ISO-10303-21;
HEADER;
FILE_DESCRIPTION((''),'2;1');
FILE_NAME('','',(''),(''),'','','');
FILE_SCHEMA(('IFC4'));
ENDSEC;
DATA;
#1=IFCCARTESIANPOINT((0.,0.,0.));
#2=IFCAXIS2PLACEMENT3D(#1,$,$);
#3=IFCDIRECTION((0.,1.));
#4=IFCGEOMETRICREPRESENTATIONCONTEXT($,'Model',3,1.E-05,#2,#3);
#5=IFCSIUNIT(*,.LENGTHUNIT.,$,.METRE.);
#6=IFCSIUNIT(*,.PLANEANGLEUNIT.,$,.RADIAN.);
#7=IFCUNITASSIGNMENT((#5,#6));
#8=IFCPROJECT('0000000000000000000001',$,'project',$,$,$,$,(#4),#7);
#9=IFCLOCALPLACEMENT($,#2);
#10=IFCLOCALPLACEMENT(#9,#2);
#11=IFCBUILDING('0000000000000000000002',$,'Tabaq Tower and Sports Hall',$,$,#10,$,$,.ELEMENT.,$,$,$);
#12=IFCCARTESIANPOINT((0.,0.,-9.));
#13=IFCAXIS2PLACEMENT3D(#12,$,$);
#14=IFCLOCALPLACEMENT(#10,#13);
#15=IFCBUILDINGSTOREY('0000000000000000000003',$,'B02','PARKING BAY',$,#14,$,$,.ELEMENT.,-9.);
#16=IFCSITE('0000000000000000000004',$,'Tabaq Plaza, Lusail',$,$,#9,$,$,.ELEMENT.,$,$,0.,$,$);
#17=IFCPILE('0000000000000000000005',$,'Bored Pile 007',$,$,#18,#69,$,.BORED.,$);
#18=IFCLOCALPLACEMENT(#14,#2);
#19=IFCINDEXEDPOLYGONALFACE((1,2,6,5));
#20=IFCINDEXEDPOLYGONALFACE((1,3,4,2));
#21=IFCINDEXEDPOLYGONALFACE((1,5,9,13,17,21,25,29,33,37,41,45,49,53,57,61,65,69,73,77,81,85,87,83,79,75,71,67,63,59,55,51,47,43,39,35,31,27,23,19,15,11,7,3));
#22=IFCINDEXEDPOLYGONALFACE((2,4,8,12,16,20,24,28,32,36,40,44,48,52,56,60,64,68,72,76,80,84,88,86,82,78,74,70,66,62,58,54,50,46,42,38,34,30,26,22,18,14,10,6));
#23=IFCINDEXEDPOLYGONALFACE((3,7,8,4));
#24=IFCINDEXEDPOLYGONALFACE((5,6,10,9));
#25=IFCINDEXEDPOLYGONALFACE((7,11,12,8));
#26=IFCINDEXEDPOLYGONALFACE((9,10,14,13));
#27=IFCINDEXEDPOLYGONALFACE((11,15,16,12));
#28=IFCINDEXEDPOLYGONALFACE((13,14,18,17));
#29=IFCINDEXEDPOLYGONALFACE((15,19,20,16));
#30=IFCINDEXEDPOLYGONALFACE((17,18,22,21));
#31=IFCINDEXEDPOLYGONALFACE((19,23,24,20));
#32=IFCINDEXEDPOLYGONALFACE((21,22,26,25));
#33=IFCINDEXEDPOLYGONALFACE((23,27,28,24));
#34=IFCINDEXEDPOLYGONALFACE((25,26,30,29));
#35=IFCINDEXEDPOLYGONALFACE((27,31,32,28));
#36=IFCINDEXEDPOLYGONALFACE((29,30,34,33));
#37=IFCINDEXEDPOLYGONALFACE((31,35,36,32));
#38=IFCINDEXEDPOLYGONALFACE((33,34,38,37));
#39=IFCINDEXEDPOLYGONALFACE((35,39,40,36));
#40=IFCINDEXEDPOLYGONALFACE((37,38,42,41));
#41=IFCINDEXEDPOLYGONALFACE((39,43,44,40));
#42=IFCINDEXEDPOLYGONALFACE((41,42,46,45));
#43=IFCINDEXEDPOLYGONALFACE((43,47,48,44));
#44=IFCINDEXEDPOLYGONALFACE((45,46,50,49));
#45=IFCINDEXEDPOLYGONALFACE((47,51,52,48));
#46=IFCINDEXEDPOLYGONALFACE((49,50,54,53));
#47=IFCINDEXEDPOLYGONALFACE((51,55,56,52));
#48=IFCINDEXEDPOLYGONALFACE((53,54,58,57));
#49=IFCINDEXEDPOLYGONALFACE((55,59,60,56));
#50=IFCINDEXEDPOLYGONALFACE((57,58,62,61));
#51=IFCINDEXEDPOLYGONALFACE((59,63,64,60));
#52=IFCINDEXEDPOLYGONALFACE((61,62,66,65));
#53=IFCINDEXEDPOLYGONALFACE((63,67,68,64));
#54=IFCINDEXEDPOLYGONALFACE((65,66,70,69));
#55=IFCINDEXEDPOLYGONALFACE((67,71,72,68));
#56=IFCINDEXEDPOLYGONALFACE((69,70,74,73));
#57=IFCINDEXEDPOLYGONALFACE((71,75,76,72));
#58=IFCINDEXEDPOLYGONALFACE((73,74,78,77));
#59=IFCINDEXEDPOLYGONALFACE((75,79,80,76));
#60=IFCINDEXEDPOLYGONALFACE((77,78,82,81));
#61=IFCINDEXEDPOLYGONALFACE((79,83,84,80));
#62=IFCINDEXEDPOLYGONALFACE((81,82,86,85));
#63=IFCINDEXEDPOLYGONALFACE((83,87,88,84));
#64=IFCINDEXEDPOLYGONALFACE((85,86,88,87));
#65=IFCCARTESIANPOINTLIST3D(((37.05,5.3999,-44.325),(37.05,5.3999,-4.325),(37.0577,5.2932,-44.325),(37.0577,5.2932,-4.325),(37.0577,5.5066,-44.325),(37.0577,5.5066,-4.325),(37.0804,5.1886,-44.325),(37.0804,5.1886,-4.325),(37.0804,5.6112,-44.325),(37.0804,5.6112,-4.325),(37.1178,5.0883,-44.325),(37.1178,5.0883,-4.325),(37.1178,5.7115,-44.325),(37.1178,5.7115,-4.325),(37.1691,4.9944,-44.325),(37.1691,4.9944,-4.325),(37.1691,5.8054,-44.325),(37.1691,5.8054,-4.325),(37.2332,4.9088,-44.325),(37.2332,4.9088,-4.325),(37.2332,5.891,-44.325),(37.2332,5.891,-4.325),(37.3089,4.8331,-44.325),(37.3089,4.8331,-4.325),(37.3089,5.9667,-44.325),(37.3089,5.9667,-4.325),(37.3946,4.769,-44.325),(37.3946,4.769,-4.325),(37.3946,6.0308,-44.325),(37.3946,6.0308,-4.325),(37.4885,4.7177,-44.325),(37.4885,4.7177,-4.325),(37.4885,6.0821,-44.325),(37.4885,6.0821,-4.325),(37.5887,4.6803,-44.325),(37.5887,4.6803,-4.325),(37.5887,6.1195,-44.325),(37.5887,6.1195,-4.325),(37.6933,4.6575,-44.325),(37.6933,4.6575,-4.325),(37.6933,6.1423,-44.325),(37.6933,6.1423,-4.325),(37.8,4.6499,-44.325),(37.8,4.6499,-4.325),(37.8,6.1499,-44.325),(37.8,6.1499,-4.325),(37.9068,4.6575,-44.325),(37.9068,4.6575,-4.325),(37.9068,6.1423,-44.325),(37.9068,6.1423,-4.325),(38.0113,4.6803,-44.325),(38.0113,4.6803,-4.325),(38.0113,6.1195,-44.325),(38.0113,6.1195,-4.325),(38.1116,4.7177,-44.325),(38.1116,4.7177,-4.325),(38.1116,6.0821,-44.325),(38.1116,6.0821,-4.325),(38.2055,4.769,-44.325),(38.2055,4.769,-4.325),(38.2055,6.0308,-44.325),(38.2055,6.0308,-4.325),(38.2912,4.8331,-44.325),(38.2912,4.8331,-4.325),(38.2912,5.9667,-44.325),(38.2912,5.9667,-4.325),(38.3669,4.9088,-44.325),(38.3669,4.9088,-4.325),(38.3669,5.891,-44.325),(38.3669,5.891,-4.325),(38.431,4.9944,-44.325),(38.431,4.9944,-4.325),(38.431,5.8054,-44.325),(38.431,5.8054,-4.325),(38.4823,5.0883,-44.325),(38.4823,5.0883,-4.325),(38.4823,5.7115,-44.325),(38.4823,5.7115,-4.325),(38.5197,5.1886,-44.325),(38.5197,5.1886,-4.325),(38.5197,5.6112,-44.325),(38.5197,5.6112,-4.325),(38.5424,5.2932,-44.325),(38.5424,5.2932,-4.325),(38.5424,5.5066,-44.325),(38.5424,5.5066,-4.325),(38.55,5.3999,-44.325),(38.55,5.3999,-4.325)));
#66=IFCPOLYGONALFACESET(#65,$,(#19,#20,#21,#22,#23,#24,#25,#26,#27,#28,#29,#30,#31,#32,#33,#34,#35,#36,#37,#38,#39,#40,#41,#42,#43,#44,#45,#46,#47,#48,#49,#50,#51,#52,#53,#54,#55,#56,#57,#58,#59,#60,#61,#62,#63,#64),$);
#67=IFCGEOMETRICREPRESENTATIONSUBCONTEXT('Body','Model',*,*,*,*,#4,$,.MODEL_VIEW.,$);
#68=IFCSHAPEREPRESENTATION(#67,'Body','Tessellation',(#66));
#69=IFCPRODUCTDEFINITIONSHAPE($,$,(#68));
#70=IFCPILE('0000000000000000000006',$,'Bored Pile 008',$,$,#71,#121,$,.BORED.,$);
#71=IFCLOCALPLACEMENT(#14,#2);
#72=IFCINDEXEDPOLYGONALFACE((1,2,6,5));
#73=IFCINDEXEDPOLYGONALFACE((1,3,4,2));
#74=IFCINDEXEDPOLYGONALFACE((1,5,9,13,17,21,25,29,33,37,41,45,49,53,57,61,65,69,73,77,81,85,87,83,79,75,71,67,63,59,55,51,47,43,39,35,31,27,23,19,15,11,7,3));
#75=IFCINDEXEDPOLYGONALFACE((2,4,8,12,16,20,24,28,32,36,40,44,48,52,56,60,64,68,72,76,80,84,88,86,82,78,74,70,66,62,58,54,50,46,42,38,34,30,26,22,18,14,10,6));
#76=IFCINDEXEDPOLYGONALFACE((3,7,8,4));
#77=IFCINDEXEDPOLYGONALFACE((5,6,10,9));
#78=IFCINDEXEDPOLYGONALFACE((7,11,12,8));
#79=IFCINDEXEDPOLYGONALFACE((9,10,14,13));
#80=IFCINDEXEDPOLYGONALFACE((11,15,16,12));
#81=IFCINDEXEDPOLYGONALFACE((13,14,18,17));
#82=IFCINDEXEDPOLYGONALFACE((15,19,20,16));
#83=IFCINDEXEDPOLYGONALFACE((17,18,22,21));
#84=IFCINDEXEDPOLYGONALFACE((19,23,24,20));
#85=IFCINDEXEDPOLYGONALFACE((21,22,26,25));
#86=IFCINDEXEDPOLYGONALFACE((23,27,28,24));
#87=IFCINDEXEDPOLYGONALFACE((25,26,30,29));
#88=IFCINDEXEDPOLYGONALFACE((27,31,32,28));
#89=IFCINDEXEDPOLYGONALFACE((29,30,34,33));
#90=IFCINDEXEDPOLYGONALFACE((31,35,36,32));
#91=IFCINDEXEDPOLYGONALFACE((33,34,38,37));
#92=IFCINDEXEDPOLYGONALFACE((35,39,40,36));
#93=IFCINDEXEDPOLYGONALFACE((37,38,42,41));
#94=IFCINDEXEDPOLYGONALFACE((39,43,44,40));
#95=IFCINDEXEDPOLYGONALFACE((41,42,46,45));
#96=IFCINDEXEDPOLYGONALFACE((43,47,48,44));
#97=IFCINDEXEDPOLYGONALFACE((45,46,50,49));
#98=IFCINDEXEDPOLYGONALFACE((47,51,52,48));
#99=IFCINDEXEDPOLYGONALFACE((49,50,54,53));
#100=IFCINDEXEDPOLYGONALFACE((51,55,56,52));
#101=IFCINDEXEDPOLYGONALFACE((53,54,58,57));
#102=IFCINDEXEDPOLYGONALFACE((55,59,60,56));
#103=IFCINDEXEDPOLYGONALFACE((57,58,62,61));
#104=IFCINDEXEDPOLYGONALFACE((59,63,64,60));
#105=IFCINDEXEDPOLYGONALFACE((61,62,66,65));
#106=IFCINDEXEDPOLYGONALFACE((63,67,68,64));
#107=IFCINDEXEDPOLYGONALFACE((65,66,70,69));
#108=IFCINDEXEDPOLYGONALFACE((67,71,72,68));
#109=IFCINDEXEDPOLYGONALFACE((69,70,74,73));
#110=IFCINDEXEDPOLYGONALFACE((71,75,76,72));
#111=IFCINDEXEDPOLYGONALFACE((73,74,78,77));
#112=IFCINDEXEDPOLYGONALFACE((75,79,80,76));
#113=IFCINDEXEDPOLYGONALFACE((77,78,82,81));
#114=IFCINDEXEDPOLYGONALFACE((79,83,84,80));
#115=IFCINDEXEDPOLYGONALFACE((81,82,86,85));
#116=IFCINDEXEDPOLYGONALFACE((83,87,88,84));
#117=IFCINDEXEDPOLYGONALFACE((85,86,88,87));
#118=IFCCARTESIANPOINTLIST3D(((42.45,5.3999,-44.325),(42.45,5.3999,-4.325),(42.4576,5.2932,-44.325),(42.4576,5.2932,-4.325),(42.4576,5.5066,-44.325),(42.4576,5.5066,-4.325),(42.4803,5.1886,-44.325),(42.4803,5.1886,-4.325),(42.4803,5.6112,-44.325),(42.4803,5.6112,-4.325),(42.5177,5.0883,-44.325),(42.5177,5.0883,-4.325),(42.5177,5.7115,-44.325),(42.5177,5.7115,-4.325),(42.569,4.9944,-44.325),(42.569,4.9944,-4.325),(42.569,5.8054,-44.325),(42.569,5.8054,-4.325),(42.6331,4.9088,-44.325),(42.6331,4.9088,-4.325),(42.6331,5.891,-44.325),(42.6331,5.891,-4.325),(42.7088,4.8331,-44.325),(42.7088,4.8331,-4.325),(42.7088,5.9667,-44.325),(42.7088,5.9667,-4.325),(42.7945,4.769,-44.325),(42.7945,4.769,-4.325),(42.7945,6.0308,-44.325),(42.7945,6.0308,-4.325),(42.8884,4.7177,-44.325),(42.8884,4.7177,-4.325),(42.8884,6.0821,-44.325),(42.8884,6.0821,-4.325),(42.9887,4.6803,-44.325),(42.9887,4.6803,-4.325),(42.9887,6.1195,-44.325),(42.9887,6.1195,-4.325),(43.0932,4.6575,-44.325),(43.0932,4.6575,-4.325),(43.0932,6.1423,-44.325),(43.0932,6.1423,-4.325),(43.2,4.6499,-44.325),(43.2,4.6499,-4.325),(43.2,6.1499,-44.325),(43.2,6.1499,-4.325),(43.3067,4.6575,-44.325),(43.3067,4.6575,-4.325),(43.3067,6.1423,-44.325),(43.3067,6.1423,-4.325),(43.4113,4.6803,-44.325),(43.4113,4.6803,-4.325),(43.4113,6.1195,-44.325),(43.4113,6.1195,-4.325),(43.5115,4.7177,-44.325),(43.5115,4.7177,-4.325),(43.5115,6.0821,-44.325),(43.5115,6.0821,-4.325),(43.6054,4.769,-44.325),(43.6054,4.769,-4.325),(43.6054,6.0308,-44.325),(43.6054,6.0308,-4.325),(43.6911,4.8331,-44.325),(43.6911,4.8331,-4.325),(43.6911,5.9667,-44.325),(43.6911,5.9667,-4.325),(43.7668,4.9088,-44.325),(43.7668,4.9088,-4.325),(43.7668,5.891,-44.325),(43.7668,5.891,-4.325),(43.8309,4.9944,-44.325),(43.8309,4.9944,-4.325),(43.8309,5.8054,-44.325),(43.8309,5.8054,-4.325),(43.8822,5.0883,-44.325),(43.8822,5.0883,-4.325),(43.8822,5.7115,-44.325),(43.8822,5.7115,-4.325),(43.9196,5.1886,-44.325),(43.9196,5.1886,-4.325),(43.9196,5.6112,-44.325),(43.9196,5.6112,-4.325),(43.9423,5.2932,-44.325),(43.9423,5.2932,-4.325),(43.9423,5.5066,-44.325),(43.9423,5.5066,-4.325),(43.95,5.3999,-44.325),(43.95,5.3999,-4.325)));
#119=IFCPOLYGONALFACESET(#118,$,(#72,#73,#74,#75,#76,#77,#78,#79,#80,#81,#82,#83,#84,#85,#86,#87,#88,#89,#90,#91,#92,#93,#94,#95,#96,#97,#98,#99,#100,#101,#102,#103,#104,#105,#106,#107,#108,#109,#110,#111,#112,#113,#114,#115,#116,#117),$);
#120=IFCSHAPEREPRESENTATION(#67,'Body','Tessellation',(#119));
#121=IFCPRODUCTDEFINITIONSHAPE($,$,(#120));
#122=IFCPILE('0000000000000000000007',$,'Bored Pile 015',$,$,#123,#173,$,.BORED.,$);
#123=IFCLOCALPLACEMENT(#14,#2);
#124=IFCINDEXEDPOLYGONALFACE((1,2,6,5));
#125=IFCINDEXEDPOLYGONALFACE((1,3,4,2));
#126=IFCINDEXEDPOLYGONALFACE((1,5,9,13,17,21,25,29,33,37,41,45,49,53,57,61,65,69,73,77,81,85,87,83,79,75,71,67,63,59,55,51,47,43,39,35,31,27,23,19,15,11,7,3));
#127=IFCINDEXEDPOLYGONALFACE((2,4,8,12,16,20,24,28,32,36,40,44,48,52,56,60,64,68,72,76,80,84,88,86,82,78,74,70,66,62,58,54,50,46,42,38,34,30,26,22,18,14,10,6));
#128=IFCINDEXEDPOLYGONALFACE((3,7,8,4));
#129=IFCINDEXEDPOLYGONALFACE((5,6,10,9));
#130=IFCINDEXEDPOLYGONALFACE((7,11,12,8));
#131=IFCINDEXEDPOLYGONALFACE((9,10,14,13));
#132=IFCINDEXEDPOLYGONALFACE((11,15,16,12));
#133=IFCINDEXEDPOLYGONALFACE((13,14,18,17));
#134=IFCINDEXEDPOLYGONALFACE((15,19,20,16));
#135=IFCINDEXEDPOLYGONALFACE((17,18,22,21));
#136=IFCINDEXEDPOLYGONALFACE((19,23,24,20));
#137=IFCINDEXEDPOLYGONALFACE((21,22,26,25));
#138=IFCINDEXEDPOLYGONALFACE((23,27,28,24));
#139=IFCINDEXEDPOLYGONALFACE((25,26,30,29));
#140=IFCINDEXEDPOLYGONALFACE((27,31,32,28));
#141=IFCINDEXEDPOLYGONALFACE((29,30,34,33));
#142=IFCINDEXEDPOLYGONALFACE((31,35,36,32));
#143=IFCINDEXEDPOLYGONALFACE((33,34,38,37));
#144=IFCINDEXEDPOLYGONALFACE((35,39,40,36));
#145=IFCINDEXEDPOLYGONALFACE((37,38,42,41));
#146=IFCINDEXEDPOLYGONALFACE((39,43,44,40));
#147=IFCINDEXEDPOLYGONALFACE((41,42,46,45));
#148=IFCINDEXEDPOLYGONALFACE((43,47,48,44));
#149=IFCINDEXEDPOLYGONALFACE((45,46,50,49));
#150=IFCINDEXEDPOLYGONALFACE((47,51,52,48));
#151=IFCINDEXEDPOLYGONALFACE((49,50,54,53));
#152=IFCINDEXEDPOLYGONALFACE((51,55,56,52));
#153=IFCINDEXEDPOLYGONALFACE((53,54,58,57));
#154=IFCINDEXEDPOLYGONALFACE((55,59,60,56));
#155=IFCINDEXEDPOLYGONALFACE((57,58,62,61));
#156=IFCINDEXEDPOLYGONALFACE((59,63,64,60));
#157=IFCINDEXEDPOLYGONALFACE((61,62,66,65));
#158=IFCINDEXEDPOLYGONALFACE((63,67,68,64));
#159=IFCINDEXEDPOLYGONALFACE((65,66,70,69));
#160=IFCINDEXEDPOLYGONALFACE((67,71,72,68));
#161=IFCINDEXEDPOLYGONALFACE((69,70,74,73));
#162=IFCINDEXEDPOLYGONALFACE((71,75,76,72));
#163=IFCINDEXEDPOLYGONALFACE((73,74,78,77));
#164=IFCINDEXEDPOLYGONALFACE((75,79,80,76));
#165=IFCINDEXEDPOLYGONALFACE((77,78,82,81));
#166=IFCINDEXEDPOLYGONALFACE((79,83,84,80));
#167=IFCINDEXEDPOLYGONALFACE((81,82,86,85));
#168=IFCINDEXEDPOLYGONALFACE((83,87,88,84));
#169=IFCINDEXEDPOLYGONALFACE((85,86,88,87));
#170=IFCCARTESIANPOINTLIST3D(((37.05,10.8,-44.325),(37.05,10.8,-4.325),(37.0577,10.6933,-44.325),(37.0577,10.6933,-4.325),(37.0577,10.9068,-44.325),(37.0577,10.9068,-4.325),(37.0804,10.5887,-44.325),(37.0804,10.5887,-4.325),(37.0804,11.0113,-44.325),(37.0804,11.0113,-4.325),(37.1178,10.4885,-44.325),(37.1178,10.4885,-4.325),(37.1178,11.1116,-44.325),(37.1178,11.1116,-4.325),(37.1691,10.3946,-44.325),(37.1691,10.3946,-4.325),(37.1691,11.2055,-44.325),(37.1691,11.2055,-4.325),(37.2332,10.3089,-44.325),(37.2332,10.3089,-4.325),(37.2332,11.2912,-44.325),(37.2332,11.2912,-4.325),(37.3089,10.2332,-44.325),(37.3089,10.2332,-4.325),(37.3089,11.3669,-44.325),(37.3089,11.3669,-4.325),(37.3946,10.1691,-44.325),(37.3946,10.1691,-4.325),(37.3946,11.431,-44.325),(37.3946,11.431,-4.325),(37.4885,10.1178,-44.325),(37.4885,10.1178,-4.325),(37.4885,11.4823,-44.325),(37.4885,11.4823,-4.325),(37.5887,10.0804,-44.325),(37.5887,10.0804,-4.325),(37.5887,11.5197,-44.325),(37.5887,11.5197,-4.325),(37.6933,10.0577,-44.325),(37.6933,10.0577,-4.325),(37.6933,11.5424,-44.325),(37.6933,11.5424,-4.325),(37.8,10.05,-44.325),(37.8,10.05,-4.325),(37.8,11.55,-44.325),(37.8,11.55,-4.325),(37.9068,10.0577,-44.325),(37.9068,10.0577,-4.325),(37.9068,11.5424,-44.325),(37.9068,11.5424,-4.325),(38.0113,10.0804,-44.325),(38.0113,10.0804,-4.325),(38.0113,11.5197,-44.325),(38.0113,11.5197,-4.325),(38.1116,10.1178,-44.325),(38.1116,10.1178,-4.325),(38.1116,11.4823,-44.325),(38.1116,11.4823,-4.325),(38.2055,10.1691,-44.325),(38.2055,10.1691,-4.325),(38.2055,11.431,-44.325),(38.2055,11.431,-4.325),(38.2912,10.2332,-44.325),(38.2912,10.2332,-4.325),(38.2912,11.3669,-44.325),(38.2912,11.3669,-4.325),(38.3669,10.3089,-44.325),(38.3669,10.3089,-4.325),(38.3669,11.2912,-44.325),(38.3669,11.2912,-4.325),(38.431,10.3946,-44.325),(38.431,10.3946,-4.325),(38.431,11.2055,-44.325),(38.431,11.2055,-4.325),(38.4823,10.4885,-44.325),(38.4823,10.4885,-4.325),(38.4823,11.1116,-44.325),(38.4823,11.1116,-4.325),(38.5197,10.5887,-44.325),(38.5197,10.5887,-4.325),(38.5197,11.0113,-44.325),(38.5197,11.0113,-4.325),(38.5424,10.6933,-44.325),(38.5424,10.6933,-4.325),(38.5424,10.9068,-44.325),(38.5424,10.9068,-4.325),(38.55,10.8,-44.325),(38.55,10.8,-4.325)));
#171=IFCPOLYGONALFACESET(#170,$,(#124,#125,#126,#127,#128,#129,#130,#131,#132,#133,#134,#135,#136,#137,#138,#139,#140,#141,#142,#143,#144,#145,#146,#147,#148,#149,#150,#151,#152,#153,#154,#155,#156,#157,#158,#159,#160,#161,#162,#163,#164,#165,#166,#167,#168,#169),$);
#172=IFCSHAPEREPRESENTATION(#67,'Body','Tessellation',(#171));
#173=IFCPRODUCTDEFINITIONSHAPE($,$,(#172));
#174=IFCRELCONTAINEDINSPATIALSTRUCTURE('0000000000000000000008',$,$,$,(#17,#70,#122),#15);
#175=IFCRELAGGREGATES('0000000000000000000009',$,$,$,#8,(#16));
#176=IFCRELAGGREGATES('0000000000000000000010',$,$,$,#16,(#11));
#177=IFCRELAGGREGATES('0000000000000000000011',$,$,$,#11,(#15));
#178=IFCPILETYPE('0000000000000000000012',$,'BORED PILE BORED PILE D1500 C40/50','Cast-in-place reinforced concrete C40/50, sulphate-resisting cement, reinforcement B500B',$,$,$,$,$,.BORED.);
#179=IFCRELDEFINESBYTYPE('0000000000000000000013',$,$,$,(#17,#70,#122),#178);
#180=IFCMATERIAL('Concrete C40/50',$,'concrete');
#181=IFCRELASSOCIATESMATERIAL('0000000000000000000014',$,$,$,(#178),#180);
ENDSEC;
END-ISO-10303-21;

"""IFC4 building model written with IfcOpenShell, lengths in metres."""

from ifc_helpers import new_model, si_unit, direction, frame, origin, origin_2d, place, context, subcontext, project, spatial, circle, extrude, material, material_profile, profile_set, type_object, element, save


model = new_model("IFC4")

# Units and contexts
model_context = context("Model", 3, precision=1e-05, world=origin(), true_north=direction((0.0, 1.0)))
body_context = subcontext(model_context, "Body", "Model", "MODEL_VIEW")
ifc_project = project(units=[si_unit("LENGTHUNIT", "METRE"), si_unit("PLANEANGLEUNIT", "RADIAN")], contexts=[model_context])

# Site, building, storey
site_placement = place(None, origin())
site = spatial("IfcSite", under=ifc_project, at=site_placement, Name="Tabaq Plaza, Lusail", CompositionType="ELEMENT", RefElevation=0.0)
building_placement = place(site_placement, origin())
building = spatial("IfcBuilding", under=site, at=building_placement, Name="Tabaq Tower and Sports Hall", CompositionType="ELEMENT")
storey_placement = place(building_placement, frame((0.0, 0.0, -9.0)))
storey = spatial("IfcBuildingStorey", under=building, at=storey_placement, Name="B02", Description="PARKING BAY", CompositionType="ELEMENT", Elevation=-9.0)

# Piles
ifc_material_1 = material(Name="Concrete C40/50", Category="concrete")
ifc_material_profile_1 = material_profile(ifc_material_1, circle(Radius=0.75, at=origin_2d()), Name="BORED PILE D1500")
ifc_profile_set_1 = profile_set([ifc_material_profile_1], Name="Concrete C40/50")
pile_type = type_object("IfcPileType", Name="BORED PILE BORED PILE D1500 C40/50", Description="Cast-in-place reinforced concrete C40/50, sulphate-resisting cement, reinforcement B500B", PredefinedType="BORED", material=ifc_profile_set_1)
for number, where, z_axis, x_axis, name in (
    (1, (37.8, 5.3999, -4.325), (0.0, 0.0, -1.0), (1.0, 0.0, 0.0), "Bored Pile 007"),
    (2, (43.2, 5.3999, -4.325), (0.0, 0.0, -1.0), (1.0, 0.0, 0.0), "Bored Pile 008"),
    (3, (37.8, 10.8, -4.325), (0.0, 0.0, -1.0), (1.0, 0.0, 0.0), "Bored Pile 015"),
):
    element("IfcPile", number, at=place(storey_placement, frame(where, z_axis=z_axis, x_axis=x_axis)), inside=storey, type_object=pile_type, Name=name, PredefinedType="BORED", context=body_context, shape_type="SweptSolid", body=[
        extrude(circle(Radius=0.75, at=origin_2d()), origin(), (0.0, 0.0, 1.0), 40.0),
    ])

save(model, "model.ifc")
